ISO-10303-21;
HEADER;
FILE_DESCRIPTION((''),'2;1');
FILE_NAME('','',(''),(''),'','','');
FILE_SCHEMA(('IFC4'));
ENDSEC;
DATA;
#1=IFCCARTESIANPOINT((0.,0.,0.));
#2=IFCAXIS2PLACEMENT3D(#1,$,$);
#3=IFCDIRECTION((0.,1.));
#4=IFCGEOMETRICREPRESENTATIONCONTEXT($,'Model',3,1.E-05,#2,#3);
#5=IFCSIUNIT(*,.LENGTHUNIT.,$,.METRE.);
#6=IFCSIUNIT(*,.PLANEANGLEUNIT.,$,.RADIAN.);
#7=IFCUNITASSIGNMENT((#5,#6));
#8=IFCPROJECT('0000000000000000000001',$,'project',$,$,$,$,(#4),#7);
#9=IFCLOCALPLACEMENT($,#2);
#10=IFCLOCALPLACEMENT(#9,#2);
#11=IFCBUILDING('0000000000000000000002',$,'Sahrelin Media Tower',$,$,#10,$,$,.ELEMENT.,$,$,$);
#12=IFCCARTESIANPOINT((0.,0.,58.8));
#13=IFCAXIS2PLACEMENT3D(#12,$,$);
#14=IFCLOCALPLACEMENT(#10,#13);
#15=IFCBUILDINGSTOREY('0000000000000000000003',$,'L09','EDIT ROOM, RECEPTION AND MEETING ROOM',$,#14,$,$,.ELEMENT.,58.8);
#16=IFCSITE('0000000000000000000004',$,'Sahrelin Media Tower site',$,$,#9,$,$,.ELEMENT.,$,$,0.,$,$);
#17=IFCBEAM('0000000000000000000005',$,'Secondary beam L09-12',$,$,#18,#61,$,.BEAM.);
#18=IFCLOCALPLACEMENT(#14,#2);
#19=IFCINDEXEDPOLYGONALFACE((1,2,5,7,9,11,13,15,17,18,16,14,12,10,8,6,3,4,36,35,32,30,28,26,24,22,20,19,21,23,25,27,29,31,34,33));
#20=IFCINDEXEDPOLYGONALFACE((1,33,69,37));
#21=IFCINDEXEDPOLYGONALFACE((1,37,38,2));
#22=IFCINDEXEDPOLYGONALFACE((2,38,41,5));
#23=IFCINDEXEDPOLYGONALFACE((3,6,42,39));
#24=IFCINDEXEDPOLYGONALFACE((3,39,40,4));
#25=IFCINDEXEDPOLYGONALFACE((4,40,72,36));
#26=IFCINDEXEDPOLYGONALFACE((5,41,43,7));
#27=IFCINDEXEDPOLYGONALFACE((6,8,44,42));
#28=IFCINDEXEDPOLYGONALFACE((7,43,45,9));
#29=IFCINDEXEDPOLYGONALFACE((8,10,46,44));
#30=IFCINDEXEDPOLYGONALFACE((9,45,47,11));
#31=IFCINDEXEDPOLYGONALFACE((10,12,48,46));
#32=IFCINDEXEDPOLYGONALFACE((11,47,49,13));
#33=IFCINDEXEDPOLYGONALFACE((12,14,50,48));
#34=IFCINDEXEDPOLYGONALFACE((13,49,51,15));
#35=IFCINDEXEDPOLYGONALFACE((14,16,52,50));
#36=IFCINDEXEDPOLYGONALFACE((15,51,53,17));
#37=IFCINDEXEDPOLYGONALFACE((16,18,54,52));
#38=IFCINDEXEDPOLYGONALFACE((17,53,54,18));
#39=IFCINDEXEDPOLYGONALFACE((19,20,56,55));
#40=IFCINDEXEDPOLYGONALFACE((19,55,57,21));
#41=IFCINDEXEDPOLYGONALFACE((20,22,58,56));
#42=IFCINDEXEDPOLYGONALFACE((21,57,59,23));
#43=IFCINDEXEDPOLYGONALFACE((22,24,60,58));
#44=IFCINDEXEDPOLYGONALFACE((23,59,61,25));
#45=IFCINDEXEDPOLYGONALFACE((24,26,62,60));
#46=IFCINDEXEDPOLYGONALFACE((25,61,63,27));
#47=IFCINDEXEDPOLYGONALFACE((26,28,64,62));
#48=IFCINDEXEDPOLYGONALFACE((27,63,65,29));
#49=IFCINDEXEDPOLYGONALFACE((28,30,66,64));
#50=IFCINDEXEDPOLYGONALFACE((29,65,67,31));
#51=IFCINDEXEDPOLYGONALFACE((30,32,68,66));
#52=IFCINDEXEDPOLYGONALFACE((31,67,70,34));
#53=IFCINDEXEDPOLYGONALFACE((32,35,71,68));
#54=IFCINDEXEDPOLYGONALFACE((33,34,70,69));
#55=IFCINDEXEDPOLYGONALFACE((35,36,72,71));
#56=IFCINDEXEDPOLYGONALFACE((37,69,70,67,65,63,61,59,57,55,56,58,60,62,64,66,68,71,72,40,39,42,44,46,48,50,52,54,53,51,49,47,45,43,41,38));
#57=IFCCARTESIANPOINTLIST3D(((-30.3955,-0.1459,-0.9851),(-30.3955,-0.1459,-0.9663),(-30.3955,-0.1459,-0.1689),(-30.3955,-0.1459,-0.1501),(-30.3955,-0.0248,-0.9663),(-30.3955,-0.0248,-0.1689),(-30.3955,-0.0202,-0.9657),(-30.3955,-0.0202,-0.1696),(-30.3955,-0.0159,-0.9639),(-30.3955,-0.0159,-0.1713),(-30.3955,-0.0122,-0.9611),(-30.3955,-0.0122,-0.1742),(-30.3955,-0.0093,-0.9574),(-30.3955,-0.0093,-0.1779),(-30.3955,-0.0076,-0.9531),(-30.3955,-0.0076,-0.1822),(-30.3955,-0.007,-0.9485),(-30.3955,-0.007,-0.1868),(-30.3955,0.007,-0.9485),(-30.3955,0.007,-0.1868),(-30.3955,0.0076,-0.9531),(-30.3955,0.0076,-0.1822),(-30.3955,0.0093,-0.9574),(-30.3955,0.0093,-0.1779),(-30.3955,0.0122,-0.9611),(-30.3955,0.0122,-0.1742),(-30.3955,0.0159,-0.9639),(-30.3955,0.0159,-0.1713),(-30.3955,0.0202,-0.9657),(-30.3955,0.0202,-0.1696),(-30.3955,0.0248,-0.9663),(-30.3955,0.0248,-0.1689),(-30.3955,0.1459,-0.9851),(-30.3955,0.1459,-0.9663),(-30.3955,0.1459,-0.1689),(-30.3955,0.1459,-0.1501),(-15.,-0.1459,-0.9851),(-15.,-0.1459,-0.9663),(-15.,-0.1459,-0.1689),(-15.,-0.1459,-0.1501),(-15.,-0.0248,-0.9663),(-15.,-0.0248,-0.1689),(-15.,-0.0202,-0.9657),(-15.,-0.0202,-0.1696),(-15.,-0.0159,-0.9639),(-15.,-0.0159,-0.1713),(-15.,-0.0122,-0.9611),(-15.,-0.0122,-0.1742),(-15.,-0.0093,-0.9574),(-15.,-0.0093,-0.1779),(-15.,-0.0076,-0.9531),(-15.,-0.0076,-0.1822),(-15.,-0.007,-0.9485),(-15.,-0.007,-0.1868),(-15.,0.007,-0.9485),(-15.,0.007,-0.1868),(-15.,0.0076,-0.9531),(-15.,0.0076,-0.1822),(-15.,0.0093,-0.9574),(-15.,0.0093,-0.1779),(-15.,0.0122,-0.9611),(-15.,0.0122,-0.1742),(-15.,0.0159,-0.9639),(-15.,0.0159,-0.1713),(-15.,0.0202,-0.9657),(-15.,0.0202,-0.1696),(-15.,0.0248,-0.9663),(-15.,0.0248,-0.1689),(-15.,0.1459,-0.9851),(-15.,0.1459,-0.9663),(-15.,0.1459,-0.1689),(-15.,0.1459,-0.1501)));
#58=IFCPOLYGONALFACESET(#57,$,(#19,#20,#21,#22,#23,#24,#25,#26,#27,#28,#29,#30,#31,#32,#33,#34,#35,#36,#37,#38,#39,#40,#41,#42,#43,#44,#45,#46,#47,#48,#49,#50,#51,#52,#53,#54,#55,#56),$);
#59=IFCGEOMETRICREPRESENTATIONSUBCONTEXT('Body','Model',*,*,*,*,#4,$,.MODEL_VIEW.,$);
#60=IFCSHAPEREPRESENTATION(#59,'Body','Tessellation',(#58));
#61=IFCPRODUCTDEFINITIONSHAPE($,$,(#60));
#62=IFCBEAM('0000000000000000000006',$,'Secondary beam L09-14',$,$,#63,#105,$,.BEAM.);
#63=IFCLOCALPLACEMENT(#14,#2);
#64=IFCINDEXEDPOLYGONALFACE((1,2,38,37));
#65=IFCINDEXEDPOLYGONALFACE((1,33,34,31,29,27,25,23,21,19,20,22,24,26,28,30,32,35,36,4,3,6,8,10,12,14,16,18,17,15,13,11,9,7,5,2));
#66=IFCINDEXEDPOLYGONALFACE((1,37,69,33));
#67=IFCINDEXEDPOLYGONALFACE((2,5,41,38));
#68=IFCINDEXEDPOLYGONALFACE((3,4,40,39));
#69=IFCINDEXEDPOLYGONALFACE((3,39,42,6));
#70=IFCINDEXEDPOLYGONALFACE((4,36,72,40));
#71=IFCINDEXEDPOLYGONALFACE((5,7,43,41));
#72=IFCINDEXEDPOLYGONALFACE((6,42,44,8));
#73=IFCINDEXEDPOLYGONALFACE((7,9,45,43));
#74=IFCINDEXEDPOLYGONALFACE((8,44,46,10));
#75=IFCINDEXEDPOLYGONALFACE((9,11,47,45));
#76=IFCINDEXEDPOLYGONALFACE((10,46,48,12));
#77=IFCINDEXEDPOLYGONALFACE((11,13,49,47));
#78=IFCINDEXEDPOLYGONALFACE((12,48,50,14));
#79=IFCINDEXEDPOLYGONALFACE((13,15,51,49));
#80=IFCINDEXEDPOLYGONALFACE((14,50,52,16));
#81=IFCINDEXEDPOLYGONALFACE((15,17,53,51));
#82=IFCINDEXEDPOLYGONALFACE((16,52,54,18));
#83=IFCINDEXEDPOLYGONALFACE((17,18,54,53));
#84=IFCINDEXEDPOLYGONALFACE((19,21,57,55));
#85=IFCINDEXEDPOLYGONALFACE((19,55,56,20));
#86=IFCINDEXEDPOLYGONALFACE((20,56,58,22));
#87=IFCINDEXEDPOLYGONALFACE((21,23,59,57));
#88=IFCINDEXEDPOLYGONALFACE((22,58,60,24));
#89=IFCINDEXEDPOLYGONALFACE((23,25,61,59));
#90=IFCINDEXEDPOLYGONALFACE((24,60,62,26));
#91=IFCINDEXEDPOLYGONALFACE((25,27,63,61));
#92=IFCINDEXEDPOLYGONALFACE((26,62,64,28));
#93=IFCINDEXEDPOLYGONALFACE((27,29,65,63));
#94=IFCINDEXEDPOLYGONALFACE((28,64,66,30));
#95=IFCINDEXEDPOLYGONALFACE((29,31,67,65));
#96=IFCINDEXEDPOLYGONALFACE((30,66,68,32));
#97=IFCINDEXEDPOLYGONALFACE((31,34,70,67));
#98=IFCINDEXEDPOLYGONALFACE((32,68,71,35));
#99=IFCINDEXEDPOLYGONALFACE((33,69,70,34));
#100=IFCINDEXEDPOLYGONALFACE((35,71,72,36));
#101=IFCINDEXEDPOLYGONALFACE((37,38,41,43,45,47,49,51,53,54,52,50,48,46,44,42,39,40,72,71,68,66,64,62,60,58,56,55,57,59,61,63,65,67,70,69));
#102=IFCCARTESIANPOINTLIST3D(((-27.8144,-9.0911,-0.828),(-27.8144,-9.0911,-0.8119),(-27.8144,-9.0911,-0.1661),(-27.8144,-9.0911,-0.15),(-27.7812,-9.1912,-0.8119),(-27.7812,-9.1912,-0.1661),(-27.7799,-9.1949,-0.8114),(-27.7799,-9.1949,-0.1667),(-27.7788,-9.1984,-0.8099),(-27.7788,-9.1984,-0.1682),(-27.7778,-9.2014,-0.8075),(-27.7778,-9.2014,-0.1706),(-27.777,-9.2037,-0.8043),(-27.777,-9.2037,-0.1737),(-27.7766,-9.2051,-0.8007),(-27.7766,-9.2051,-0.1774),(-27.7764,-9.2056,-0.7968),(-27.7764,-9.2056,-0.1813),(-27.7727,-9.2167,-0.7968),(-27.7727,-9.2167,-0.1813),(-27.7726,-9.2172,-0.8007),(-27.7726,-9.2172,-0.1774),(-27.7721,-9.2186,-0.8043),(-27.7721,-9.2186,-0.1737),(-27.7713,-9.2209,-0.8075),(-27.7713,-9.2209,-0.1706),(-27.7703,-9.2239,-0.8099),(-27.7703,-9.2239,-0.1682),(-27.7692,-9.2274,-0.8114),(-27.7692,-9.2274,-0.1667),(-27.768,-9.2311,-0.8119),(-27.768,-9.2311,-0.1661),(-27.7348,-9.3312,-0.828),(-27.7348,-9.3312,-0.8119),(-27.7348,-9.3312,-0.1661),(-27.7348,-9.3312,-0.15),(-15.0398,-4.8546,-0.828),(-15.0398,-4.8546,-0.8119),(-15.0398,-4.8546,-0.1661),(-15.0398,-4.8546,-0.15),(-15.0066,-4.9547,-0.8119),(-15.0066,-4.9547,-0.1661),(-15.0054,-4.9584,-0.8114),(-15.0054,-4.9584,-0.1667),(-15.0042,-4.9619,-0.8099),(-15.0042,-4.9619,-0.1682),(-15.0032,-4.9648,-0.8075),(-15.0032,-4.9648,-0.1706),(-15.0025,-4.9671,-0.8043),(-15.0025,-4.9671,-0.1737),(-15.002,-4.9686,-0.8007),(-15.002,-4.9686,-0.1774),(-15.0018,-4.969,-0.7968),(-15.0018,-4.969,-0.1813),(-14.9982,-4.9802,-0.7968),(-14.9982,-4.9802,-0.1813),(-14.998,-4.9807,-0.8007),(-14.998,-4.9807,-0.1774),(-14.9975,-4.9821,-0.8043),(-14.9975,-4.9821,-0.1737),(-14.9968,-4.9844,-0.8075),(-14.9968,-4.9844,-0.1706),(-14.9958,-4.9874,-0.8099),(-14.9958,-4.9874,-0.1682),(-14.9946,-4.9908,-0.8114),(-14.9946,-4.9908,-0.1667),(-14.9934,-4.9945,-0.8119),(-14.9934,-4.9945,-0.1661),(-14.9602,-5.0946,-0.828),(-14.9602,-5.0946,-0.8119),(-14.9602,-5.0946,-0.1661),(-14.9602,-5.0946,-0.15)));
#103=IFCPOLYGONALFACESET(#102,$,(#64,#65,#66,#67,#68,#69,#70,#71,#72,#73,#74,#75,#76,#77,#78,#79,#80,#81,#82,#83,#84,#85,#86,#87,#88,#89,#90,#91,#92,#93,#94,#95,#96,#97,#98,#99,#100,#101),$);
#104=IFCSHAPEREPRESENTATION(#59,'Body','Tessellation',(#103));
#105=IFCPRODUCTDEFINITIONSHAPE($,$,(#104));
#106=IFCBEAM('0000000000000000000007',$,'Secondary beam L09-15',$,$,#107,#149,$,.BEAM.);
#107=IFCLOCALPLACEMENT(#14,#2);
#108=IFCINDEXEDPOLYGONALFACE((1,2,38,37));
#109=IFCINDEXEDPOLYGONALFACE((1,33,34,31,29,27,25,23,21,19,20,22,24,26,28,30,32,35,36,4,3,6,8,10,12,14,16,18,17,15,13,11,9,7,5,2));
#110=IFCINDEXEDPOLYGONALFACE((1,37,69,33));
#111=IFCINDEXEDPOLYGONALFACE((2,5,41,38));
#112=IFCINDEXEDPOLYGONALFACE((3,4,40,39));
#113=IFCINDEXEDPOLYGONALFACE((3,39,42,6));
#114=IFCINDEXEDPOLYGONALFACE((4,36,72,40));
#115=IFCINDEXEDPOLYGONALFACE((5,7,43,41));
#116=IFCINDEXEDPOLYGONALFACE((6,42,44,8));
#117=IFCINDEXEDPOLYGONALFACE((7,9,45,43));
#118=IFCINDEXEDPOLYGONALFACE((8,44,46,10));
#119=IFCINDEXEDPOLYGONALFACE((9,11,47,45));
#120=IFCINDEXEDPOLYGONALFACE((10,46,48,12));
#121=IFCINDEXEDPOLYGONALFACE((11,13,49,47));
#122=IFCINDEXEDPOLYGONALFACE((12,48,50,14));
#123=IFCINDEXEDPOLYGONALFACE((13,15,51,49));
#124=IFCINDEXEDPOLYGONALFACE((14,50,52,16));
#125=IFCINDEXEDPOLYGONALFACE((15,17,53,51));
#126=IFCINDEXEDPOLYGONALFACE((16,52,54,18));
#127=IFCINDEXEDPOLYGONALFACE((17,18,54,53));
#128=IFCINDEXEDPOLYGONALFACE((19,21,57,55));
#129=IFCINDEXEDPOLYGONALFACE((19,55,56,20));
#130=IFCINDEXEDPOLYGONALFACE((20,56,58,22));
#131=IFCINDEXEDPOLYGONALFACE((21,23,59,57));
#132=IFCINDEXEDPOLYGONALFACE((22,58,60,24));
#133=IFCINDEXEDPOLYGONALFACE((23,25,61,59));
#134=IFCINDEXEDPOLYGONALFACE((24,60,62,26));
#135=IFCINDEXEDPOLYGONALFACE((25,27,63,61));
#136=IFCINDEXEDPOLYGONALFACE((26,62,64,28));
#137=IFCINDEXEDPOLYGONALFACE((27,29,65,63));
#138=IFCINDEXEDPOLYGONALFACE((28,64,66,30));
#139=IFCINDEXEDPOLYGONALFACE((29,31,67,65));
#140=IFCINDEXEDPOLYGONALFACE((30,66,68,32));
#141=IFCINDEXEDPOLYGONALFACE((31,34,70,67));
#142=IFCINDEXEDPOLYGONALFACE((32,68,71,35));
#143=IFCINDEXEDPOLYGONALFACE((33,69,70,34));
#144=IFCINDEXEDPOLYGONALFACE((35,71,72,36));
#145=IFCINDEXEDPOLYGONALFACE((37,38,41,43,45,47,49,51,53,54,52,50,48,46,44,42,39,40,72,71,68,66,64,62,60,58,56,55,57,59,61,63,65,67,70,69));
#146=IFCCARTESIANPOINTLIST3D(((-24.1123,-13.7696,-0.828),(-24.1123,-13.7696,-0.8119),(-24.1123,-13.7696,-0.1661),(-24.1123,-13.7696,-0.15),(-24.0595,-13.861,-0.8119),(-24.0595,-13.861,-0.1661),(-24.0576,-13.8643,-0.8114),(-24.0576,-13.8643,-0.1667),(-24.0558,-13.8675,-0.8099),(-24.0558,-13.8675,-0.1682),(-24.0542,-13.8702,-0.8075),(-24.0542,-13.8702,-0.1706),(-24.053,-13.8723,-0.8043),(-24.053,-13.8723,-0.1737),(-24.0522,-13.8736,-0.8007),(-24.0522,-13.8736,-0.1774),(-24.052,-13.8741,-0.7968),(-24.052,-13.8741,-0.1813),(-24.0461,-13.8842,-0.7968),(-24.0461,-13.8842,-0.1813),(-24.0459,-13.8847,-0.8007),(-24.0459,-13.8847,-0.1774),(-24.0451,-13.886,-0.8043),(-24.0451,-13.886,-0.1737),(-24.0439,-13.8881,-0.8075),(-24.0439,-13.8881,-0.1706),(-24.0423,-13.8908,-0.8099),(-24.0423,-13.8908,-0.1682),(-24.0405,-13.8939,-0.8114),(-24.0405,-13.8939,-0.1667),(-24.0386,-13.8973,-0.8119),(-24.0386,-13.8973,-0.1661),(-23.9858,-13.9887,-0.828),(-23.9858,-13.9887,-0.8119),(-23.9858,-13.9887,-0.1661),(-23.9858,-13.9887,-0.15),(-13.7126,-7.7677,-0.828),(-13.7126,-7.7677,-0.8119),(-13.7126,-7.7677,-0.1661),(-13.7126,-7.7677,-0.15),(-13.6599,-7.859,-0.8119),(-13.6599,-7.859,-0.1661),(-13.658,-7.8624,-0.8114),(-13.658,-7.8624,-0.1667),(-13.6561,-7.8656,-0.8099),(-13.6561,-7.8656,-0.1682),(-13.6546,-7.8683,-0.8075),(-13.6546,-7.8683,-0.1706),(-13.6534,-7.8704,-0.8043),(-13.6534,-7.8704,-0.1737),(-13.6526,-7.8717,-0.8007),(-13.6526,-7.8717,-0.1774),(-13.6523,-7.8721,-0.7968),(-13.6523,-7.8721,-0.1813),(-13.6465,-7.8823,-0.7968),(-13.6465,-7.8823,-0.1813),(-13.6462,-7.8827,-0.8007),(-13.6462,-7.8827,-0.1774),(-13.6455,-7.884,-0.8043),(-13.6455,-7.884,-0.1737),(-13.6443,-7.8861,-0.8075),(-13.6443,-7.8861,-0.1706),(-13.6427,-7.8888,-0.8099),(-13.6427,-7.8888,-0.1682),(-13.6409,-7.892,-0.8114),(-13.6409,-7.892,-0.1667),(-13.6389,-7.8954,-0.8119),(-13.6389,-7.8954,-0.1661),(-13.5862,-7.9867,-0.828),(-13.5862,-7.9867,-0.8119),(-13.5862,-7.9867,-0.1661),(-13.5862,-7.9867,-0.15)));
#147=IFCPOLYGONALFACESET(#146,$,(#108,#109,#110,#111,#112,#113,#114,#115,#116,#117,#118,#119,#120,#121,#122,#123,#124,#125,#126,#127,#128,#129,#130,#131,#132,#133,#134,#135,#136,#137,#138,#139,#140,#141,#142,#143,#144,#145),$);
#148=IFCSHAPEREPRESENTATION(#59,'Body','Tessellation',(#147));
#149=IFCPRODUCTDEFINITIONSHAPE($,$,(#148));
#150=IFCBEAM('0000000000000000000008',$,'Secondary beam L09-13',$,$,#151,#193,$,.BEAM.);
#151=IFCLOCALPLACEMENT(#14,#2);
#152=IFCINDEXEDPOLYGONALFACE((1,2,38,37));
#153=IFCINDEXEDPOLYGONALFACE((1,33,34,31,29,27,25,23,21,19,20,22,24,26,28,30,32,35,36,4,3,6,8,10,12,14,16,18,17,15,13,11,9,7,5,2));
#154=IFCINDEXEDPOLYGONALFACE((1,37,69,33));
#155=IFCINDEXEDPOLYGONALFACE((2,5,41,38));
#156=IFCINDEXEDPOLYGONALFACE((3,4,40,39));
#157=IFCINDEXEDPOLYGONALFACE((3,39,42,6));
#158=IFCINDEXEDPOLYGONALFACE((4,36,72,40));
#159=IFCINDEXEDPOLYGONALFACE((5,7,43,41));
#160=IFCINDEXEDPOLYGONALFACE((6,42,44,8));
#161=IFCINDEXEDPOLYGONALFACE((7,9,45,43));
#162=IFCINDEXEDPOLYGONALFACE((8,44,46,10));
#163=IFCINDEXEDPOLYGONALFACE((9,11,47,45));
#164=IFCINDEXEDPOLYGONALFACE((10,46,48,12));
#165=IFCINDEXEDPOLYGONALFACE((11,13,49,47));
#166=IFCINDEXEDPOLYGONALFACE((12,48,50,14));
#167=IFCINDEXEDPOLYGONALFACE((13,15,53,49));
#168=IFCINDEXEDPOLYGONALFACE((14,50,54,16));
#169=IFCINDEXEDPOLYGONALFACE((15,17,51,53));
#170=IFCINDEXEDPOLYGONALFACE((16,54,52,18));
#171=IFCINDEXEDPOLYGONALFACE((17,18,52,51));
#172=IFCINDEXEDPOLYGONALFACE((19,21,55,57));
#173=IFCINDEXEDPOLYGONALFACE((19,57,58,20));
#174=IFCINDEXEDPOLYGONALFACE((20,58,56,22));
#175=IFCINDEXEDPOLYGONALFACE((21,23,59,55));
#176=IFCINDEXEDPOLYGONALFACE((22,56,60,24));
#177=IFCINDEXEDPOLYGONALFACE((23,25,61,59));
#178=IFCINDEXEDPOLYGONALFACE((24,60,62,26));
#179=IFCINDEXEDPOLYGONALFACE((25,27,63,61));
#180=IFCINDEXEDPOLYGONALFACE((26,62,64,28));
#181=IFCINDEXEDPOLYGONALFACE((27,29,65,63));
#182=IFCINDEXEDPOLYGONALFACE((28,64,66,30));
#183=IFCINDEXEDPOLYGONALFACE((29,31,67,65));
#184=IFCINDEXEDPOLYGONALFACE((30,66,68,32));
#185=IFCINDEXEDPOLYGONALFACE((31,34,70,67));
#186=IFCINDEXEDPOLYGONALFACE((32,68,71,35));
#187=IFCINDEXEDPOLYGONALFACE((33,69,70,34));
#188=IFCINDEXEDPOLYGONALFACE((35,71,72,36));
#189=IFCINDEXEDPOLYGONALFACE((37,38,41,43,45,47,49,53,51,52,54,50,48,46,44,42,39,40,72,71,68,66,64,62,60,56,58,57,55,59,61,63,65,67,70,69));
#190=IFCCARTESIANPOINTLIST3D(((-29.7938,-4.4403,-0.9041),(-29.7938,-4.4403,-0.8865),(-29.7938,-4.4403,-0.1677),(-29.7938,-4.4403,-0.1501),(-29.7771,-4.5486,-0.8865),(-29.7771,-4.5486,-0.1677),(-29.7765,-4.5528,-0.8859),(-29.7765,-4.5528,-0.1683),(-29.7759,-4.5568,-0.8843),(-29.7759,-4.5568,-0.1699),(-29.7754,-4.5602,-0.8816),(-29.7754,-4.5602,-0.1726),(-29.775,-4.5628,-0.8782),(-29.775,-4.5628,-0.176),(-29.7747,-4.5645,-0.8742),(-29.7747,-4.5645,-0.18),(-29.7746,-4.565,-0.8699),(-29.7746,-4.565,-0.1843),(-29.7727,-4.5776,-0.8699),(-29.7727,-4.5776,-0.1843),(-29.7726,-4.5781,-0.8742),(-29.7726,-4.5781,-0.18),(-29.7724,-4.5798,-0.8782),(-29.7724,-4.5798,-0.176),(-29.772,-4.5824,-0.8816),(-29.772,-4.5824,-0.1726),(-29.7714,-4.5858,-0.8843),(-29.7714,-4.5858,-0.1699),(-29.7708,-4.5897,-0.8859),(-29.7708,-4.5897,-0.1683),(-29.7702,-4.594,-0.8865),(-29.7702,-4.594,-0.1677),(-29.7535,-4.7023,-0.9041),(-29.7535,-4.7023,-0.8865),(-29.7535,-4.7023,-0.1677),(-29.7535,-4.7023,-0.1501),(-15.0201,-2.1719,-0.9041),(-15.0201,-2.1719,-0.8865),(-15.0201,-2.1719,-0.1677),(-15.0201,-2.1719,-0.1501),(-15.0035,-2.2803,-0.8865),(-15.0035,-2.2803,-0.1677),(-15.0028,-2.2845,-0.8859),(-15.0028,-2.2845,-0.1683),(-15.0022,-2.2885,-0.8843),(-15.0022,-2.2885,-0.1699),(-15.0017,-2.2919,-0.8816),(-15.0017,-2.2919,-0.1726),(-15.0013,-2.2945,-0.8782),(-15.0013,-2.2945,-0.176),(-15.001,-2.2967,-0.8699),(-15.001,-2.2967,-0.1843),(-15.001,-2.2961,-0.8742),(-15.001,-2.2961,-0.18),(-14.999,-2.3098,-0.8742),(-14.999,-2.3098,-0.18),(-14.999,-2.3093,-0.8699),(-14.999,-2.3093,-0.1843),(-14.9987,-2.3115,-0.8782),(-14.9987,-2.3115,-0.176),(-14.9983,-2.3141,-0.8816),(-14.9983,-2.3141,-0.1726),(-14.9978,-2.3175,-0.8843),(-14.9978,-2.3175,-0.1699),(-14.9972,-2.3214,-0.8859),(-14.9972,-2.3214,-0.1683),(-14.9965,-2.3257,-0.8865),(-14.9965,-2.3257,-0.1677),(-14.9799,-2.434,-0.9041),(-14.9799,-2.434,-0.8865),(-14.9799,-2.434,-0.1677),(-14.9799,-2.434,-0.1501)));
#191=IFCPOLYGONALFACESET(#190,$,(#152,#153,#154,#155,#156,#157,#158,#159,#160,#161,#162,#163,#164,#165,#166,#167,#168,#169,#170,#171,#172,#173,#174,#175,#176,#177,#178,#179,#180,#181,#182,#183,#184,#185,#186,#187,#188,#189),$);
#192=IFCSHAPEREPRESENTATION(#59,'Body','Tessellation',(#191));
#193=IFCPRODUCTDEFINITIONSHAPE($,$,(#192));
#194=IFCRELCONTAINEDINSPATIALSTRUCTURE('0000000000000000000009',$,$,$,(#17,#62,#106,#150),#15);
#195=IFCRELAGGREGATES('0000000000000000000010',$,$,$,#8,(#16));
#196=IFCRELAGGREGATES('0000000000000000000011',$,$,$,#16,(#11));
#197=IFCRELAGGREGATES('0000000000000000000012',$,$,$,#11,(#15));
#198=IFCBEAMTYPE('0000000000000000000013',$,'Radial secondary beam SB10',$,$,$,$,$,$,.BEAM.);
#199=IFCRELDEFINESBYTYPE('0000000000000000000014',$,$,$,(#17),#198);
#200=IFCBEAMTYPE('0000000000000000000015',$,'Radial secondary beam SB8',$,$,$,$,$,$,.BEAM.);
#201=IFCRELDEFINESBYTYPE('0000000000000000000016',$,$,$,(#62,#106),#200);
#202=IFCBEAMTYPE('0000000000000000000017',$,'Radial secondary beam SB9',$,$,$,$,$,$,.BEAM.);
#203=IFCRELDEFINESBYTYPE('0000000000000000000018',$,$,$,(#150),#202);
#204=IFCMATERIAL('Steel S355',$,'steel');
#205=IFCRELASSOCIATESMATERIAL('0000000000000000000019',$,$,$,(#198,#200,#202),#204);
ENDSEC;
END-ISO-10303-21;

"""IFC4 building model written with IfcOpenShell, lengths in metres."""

from ifc_helpers import new_model, si_unit, direction, frame, origin, origin_2d, place, context, subcontext, project, spatial, i_section, extrude, material, material_profile, profile_set, type_object, element, save


model = new_model("IFC4")

# Units and contexts
model_context = context("Model", 3, precision=1e-05, world=origin(), true_north=direction((0.0, 1.0)))
body_context = subcontext(model_context, "Body", "Model", "MODEL_VIEW")
ifc_project = project(units=[si_unit("LENGTHUNIT", "METRE"), si_unit("PLANEANGLEUNIT", "RADIAN")], contexts=[model_context])

# Site, building, storey
site_placement = place(None, origin())
site = spatial("IfcSite", under=ifc_project, at=site_placement, Name="Sahrelin Media Tower site", CompositionType="ELEMENT", RefElevation=0.0)
building_placement = place(site_placement, origin())
building = spatial("IfcBuilding", under=site, at=building_placement, Name="Sahrelin Media Tower", CompositionType="ELEMENT")
storey_placement = place(building_placement, frame((0.0, 0.0, 58.8)))
storey = spatial("IfcBuildingStorey", under=building, at=storey_placement, Name="L09", Description="EDIT ROOM, RECEPTION AND MEETING ROOM", CompositionType="ELEMENT", Elevation=58.8)

# Beams
ifc_material_1 = material(Name="Steel S355", Category="steel")
ifc_material_profile_1 = material_profile(ifc_material_1, i_section(OverallWidth=0.2917, OverallDepth=0.835, WebThickness=0.0139, FlangeThickness=0.0188, FilletRadius=0.0178, at=origin_2d()), Name="UB 838x292x176")
ifc_profile_set_1 = profile_set([ifc_material_profile_1], Name="Steel S355")
beam_type_1 = type_object("IfcBeamType", Name="Radial secondary beam SB10", PredefinedType="BEAM", material=ifc_profile_set_1)
beam_1_placement = place(storey_placement, frame((-15.0, 0.0, -0.5676), z_axis=(-1.0, 0.0, 0.0), x_axis=(0.0, -1.0, 0.0)))
element("IfcBeam", 1, at=beam_1_placement, inside=storey, type_object=beam_type_1, Name="Secondary beam L09-12", PredefinedType="BEAM", context=body_context, shape_type="SweptSolid", body=[
    extrude(i_section(OverallWidth=0.2917, OverallDepth=0.835, WebThickness=0.0139, FlangeThickness=0.0188, FilletRadius=0.0178, at=origin_2d()), origin(), (0.0, 0.0, 1.0), 15.3955),
])
ifc_material_profile_2 = material_profile(ifc_material_1, i_section(OverallWidth=0.2529, OverallDepth=0.678, WebThickness=0.0117, FlangeThickness=0.0161, FilletRadius=0.0151, at=origin_2d()), Name="UB 686x254x125")
ifc_profile_set_2 = profile_set([ifc_material_profile_2], Name="Steel S355")
beam_type_2 = type_object("IfcBeamType", Name="Radial secondary beam SB8", PredefinedType="BEAM", material=ifc_profile_set_2)
beam_2_placement = place(storey_placement, frame((-15.0, -4.9746, -0.489), z_axis=(-0.949165, -0.31478, 0.0), x_axis=(0.31478, -0.949165, 0.0)))
element("IfcBeam", 2, at=beam_2_placement, inside=storey, type_object=beam_type_2, Name="Secondary beam L09-14", PredefinedType="BEAM", context=body_context, shape_type="SweptSolid", body=[
    extrude(i_section(OverallWidth=0.2529, OverallDepth=0.678, WebThickness=0.0117, FlangeThickness=0.0161, FilletRadius=0.0151, at=origin_2d()), origin(), (0.0, 0.0, 1.0), 13.4587),
])
beam_3_placement = place(storey_placement, frame((-13.6494, -7.8772, -0.489), z_axis=(-0.866108, -0.499857, 0.0), x_axis=(0.499857, -0.866108, 0.0)))
element("IfcBeam", 3, at=beam_3_placement, inside=storey, type_object=beam_type_2, Name="Secondary beam L09-15", PredefinedType="BEAM", context=body_context, shape_type="SweptSolid", body=[
    extrude(i_section(OverallWidth=0.2529, OverallDepth=0.678, WebThickness=0.0117, FlangeThickness=0.0161, FilletRadius=0.0151, at=origin_2d()), origin(), (0.0, 0.0, 1.0), 12.0073),
])
ifc_material_profile_3 = material_profile(ifc_material_1, i_section(OverallWidth=0.2651, OverallDepth=0.7539, WebThickness=0.0127, FlangeThickness=0.0176, FilletRadius=0.0166, at=origin_2d()), Name="UB 762x267x147")
ifc_profile_set_3 = profile_set([ifc_material_profile_3], Name="Steel S355")
beam_type_3 = type_object("IfcBeamType", Name="Radial secondary beam SB9", PredefinedType="BEAM", material=ifc_profile_set_3)
beam_4_placement = place(storey_placement, frame((-15.0, -2.303, -0.5271), z_axis=(-0.988418, -0.151759, 0.0), x_axis=(0.151759, -0.988418, 0.0)))
element("IfcBeam", 4, at=beam_4_placement, inside=storey, type_object=beam_type_3, Name="Secondary beam L09-13", PredefinedType="BEAM", context=body_context, shape_type="SweptSolid", body=[
    extrude(i_section(OverallWidth=0.2651, OverallDepth=0.7539, WebThickness=0.0127, FlangeThickness=0.0176, FilletRadius=0.0166, at=origin_2d()), origin(), (0.0, 0.0, 1.0), 14.9468),
])

save(model, "model.ifc")
